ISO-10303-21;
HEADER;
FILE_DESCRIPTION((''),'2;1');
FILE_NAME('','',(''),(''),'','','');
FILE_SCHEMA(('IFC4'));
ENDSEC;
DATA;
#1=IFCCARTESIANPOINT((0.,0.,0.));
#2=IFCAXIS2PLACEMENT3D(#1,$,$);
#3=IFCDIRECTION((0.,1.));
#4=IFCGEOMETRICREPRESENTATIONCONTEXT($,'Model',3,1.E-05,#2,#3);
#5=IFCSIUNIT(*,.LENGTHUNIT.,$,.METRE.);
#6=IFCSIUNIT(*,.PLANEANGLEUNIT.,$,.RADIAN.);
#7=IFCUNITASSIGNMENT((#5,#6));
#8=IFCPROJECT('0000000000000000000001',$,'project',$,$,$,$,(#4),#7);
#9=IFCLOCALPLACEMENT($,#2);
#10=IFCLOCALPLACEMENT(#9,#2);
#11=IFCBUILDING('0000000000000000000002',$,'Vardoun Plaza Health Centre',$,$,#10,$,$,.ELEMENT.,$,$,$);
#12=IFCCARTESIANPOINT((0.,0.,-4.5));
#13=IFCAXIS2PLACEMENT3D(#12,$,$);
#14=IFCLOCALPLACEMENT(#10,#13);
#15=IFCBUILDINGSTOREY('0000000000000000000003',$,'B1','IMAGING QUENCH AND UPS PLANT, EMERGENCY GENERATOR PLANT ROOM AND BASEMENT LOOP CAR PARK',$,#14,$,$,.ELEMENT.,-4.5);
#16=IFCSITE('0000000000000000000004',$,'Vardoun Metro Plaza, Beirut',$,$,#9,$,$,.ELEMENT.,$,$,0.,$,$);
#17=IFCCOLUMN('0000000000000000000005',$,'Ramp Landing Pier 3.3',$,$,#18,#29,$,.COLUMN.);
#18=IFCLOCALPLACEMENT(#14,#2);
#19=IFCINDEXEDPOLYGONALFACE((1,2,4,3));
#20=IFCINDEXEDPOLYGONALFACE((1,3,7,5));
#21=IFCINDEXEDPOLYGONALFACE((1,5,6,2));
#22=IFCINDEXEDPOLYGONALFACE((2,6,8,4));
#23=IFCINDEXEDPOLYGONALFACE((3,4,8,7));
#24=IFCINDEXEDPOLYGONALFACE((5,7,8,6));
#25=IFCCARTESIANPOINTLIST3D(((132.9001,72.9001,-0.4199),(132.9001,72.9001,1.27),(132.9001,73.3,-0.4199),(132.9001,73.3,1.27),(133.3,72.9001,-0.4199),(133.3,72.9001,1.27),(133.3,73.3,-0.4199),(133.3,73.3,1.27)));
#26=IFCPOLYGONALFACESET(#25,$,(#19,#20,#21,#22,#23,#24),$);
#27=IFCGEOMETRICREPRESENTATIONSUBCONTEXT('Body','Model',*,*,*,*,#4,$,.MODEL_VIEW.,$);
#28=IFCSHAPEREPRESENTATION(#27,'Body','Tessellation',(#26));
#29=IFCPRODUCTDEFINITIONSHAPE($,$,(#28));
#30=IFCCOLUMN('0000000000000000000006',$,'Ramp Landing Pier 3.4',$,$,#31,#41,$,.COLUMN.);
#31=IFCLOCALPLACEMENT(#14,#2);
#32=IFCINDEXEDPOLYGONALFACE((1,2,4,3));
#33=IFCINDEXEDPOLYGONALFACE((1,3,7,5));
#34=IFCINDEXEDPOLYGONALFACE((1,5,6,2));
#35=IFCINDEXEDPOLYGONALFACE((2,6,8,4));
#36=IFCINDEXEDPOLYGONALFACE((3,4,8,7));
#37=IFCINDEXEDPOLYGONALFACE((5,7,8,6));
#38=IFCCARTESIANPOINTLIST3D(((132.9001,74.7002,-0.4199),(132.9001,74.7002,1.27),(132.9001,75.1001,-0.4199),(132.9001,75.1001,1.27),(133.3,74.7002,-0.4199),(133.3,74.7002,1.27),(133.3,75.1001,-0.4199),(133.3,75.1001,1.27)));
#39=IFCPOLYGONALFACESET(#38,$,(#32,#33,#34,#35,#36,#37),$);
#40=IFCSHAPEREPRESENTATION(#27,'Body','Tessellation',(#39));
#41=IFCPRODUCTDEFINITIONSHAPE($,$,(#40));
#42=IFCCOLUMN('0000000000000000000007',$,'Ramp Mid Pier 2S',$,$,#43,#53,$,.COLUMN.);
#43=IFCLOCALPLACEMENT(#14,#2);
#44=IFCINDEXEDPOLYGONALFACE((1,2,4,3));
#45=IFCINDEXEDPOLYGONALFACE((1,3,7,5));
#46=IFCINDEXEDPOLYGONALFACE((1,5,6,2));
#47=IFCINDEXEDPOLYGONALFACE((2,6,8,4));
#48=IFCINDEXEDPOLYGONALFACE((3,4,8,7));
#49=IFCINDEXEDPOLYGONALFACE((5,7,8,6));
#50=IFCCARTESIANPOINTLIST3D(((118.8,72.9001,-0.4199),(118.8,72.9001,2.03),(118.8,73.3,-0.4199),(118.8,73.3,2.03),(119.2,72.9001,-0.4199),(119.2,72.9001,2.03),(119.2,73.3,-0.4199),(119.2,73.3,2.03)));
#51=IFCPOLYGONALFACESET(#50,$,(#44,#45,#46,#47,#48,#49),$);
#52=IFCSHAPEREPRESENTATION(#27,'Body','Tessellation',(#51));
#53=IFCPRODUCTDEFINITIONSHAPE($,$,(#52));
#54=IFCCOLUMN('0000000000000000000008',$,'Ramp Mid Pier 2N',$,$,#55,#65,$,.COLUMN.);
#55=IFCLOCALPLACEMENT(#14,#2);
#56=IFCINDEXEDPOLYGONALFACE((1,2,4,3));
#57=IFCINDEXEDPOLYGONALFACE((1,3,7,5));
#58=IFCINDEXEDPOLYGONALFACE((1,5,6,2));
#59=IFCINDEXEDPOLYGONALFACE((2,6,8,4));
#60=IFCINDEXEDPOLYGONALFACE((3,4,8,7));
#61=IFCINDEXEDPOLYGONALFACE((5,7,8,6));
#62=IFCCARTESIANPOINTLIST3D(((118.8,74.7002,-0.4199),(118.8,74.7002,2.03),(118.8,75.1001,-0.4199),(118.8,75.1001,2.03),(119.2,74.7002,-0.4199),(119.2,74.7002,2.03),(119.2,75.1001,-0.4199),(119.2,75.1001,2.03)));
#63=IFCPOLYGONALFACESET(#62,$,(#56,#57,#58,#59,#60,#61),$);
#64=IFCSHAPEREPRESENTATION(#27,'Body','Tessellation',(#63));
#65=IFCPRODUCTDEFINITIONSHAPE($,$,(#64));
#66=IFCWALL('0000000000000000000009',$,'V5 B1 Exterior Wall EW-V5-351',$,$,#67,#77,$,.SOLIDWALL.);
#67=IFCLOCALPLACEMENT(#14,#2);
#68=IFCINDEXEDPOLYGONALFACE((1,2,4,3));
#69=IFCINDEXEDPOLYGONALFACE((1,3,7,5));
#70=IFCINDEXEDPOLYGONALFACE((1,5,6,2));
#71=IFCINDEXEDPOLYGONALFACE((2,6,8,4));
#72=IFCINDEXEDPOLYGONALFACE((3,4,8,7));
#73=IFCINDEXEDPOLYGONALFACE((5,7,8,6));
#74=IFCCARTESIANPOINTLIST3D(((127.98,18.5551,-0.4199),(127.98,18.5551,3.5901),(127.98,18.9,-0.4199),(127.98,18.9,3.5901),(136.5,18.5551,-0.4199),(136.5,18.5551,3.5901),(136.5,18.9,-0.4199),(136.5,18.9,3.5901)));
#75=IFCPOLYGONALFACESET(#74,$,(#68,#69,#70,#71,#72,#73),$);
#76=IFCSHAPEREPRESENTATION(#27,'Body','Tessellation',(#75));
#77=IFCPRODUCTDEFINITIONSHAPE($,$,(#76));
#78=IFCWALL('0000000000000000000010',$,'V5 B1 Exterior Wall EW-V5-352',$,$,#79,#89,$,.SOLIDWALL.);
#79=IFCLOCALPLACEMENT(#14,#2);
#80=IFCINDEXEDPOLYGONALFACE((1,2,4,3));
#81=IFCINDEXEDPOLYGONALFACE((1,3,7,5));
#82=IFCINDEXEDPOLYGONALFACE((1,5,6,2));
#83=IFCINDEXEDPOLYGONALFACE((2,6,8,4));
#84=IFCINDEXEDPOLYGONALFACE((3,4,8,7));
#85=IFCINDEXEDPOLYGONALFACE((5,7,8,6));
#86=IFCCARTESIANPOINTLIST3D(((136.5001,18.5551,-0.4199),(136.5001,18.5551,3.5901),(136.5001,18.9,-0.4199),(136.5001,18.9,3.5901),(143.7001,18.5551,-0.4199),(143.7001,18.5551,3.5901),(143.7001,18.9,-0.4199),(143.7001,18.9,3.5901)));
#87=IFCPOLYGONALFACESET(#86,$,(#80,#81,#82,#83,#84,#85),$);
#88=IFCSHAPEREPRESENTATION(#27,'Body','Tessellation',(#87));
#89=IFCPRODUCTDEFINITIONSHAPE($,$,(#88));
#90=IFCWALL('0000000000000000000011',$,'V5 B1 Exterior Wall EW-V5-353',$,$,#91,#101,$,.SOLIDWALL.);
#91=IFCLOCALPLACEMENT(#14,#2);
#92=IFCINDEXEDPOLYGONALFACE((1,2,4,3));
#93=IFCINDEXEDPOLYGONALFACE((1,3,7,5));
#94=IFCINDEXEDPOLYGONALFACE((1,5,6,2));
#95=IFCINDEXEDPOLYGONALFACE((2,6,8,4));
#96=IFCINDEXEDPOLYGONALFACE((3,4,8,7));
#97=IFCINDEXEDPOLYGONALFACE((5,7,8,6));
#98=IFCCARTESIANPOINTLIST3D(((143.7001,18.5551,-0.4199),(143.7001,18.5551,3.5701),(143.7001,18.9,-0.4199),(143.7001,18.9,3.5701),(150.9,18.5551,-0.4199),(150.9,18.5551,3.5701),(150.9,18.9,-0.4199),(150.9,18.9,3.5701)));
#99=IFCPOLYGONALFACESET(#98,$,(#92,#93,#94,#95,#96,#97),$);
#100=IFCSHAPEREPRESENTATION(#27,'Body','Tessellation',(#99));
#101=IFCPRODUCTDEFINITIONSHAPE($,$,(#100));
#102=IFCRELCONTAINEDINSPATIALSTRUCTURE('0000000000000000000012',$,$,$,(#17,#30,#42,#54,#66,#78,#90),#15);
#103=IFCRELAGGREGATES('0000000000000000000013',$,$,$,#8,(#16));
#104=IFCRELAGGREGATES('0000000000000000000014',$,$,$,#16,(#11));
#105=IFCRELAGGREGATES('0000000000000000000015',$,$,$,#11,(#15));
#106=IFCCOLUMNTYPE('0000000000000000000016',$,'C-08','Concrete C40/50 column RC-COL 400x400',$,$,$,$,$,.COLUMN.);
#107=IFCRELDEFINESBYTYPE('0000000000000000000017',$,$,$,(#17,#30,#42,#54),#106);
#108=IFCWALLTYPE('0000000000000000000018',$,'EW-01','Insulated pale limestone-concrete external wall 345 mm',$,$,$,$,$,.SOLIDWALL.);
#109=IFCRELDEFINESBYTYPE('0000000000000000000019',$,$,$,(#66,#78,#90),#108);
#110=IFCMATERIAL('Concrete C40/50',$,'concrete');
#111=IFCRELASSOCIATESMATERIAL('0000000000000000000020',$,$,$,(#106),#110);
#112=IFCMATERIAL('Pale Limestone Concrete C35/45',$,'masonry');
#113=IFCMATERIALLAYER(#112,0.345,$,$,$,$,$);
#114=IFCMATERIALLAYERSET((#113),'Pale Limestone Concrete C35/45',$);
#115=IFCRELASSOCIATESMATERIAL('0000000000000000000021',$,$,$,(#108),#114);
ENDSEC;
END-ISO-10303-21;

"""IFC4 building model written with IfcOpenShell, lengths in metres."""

from ifc_helpers import new_model, si_unit, direction, frame, frame_2d, origin, origin_2d, place, context, subcontext, project, spatial, rectangle, extrude, material, layer, layer_set, material_profile, profile_set, type_object, element, save


model = new_model("IFC4")

# Units and contexts
model_context = context("Model", 3, precision=1e-05, world=origin(), true_north=direction((0.0, 1.0)))
body_context = subcontext(model_context, "Body", "Model", "MODEL_VIEW")
ifc_project = project(units=[si_unit("LENGTHUNIT", "METRE"), si_unit("PLANEANGLEUNIT", "RADIAN")], contexts=[model_context])

# Site, building, storey
site_placement = place(None, origin())
site = spatial("IfcSite", under=ifc_project, at=site_placement, Name="Vardoun Metro Plaza, Beirut", CompositionType="ELEMENT", RefElevation=0.0)
building_placement = place(site_placement, origin())
building = spatial("IfcBuilding", under=site, at=building_placement, Name="Vardoun Plaza Health Centre", CompositionType="ELEMENT")
storey_placement = place(building_placement, frame((0.0, 0.0, -4.5)))
storey = spatial("IfcBuildingStorey", under=building, at=storey_placement, Name="B1", Description="IMAGING QUENCH AND UPS PLANT, EMERGENCY GENERATOR PLANT ROOM AND BASEMENT LOOP CAR PARK", CompositionType="ELEMENT", Elevation=-4.5)

# Columns
ifc_material_1 = material(Name="Concrete C40/50", Category="concrete")
ifc_material_profile_1 = material_profile(ifc_material_1, rectangle(XDim=0.3999, YDim=0.3999, at=origin_2d()), Name="RC-COL 400x400")
ifc_profile_set_1 = profile_set([ifc_material_profile_1], Name="Concrete C40/50")
column_type = type_object("IfcColumnType", Name="C-08", Description="Concrete C40/50 column RC-COL 400x400", PredefinedType="COLUMN", material=ifc_profile_set_1)
for number, where, z_axis, x_axis, name in (
    (1, (133.1001, 73.1001, -0.4199), (0.0, 0.0, 1.0), (1.0, 0.0, 0.0), "Ramp Landing Pier 3.3"),
    (2, (133.1001, 74.9001, -0.4199), (0.0, 0.0, 1.0), (1.0, 0.0, 0.0), "Ramp Landing Pier 3.4"),
):
    element("IfcColumn", number, at=place(storey_placement, frame(where, z_axis=z_axis, x_axis=x_axis)), inside=storey, type_object=column_type, Name=name, PredefinedType="COLUMN", context=body_context, shape_type="SweptSolid", body=[
        extrude(rectangle(XDim=0.3999, YDim=0.3999, at=origin_2d()), origin(), (0.0, 0.0, 1.0), 1.6899),
    ])
for number, where, z_axis, x_axis, name in (
    (3, (119.0, 73.1001, -0.4199), (0.0, 0.0, 1.0), (1.0, 0.0, 0.0), "Ramp Mid Pier 2S"),
    (4, (119.0, 74.9001, -0.4199), (0.0, 0.0, 1.0), (1.0, 0.0, 0.0), "Ramp Mid Pier 2N"),
):
    element("IfcColumn", number, at=place(storey_placement, frame(where, z_axis=z_axis, x_axis=x_axis)), inside=storey, type_object=column_type, Name=name, PredefinedType="COLUMN", context=body_context, shape_type="SweptSolid", body=[
        extrude(rectangle(XDim=0.3999, YDim=0.3999, at=origin_2d()), origin(), (0.0, 0.0, 1.0), 2.45),
    ])

# Walls
ifc_material_2 = material(Name="Pale Limestone Concrete C35/45", Category="masonry")
ifc_layer = layer(ifc_material_2, 0.345)
ifc_layer_set = layer_set([ifc_layer], Name="Pale Limestone Concrete C35/45")
wall_type = type_object("IfcWallType", Name="EW-01", Description="Insulated pale limestone-concrete external wall 345 mm", PredefinedType="SOLIDWALL", material=ifc_layer_set)
wall_1_placement = place(storey_placement, frame((127.98, 18.7275, -0.4199), z_axis=(0.0, 0.0, 1.0), x_axis=(1.0, 0.0, 0.0)))
element("IfcWall", 5, at=wall_1_placement, inside=storey, type_object=wall_type, Name="V5 B1 Exterior Wall EW-V5-351", PredefinedType="SOLIDWALL", context=body_context, shape_type="SweptSolid", body=[
    extrude(rectangle(XDim=8.52, YDim=0.345, at=frame_2d((4.26, 0.0))), origin(), (0.0, 0.0, 1.0), 4.01),
])
wall_2_placement = place(storey_placement, frame((136.5, 18.7275, -0.4199), z_axis=(0.0, 0.0, 1.0), x_axis=(1.0, 0.0, 0.0)))
element("IfcWall", 6, at=wall_2_placement, inside=storey, type_object=wall_type, Name="V5 B1 Exterior Wall EW-V5-352", PredefinedType="SOLIDWALL", context=body_context, shape_type="SweptSolid", body=[
    extrude(rectangle(XDim=7.2, YDim=0.345, at=frame_2d((3.6001, 0.0))), origin(), (0.0, 0.0, 1.0), 4.01),
])
wall_3_placement = place(storey_placement, frame((143.7, 18.7275, -0.4199), z_axis=(0.0, 0.0, 1.0), x_axis=(1.0, 0.0, 0.0)))
element("IfcWall", 7, at=wall_3_placement, inside=storey, type_object=wall_type, Name="V5 B1 Exterior Wall EW-V5-353", PredefinedType="SOLIDWALL", context=body_context, shape_type="SweptSolid", body=[
    extrude(rectangle(XDim=7.2, YDim=0.345, at=frame_2d((3.6001, 0.0))), origin(), (0.0, 0.0, 1.0), 3.99),
])

save(model, "model.ifc")
